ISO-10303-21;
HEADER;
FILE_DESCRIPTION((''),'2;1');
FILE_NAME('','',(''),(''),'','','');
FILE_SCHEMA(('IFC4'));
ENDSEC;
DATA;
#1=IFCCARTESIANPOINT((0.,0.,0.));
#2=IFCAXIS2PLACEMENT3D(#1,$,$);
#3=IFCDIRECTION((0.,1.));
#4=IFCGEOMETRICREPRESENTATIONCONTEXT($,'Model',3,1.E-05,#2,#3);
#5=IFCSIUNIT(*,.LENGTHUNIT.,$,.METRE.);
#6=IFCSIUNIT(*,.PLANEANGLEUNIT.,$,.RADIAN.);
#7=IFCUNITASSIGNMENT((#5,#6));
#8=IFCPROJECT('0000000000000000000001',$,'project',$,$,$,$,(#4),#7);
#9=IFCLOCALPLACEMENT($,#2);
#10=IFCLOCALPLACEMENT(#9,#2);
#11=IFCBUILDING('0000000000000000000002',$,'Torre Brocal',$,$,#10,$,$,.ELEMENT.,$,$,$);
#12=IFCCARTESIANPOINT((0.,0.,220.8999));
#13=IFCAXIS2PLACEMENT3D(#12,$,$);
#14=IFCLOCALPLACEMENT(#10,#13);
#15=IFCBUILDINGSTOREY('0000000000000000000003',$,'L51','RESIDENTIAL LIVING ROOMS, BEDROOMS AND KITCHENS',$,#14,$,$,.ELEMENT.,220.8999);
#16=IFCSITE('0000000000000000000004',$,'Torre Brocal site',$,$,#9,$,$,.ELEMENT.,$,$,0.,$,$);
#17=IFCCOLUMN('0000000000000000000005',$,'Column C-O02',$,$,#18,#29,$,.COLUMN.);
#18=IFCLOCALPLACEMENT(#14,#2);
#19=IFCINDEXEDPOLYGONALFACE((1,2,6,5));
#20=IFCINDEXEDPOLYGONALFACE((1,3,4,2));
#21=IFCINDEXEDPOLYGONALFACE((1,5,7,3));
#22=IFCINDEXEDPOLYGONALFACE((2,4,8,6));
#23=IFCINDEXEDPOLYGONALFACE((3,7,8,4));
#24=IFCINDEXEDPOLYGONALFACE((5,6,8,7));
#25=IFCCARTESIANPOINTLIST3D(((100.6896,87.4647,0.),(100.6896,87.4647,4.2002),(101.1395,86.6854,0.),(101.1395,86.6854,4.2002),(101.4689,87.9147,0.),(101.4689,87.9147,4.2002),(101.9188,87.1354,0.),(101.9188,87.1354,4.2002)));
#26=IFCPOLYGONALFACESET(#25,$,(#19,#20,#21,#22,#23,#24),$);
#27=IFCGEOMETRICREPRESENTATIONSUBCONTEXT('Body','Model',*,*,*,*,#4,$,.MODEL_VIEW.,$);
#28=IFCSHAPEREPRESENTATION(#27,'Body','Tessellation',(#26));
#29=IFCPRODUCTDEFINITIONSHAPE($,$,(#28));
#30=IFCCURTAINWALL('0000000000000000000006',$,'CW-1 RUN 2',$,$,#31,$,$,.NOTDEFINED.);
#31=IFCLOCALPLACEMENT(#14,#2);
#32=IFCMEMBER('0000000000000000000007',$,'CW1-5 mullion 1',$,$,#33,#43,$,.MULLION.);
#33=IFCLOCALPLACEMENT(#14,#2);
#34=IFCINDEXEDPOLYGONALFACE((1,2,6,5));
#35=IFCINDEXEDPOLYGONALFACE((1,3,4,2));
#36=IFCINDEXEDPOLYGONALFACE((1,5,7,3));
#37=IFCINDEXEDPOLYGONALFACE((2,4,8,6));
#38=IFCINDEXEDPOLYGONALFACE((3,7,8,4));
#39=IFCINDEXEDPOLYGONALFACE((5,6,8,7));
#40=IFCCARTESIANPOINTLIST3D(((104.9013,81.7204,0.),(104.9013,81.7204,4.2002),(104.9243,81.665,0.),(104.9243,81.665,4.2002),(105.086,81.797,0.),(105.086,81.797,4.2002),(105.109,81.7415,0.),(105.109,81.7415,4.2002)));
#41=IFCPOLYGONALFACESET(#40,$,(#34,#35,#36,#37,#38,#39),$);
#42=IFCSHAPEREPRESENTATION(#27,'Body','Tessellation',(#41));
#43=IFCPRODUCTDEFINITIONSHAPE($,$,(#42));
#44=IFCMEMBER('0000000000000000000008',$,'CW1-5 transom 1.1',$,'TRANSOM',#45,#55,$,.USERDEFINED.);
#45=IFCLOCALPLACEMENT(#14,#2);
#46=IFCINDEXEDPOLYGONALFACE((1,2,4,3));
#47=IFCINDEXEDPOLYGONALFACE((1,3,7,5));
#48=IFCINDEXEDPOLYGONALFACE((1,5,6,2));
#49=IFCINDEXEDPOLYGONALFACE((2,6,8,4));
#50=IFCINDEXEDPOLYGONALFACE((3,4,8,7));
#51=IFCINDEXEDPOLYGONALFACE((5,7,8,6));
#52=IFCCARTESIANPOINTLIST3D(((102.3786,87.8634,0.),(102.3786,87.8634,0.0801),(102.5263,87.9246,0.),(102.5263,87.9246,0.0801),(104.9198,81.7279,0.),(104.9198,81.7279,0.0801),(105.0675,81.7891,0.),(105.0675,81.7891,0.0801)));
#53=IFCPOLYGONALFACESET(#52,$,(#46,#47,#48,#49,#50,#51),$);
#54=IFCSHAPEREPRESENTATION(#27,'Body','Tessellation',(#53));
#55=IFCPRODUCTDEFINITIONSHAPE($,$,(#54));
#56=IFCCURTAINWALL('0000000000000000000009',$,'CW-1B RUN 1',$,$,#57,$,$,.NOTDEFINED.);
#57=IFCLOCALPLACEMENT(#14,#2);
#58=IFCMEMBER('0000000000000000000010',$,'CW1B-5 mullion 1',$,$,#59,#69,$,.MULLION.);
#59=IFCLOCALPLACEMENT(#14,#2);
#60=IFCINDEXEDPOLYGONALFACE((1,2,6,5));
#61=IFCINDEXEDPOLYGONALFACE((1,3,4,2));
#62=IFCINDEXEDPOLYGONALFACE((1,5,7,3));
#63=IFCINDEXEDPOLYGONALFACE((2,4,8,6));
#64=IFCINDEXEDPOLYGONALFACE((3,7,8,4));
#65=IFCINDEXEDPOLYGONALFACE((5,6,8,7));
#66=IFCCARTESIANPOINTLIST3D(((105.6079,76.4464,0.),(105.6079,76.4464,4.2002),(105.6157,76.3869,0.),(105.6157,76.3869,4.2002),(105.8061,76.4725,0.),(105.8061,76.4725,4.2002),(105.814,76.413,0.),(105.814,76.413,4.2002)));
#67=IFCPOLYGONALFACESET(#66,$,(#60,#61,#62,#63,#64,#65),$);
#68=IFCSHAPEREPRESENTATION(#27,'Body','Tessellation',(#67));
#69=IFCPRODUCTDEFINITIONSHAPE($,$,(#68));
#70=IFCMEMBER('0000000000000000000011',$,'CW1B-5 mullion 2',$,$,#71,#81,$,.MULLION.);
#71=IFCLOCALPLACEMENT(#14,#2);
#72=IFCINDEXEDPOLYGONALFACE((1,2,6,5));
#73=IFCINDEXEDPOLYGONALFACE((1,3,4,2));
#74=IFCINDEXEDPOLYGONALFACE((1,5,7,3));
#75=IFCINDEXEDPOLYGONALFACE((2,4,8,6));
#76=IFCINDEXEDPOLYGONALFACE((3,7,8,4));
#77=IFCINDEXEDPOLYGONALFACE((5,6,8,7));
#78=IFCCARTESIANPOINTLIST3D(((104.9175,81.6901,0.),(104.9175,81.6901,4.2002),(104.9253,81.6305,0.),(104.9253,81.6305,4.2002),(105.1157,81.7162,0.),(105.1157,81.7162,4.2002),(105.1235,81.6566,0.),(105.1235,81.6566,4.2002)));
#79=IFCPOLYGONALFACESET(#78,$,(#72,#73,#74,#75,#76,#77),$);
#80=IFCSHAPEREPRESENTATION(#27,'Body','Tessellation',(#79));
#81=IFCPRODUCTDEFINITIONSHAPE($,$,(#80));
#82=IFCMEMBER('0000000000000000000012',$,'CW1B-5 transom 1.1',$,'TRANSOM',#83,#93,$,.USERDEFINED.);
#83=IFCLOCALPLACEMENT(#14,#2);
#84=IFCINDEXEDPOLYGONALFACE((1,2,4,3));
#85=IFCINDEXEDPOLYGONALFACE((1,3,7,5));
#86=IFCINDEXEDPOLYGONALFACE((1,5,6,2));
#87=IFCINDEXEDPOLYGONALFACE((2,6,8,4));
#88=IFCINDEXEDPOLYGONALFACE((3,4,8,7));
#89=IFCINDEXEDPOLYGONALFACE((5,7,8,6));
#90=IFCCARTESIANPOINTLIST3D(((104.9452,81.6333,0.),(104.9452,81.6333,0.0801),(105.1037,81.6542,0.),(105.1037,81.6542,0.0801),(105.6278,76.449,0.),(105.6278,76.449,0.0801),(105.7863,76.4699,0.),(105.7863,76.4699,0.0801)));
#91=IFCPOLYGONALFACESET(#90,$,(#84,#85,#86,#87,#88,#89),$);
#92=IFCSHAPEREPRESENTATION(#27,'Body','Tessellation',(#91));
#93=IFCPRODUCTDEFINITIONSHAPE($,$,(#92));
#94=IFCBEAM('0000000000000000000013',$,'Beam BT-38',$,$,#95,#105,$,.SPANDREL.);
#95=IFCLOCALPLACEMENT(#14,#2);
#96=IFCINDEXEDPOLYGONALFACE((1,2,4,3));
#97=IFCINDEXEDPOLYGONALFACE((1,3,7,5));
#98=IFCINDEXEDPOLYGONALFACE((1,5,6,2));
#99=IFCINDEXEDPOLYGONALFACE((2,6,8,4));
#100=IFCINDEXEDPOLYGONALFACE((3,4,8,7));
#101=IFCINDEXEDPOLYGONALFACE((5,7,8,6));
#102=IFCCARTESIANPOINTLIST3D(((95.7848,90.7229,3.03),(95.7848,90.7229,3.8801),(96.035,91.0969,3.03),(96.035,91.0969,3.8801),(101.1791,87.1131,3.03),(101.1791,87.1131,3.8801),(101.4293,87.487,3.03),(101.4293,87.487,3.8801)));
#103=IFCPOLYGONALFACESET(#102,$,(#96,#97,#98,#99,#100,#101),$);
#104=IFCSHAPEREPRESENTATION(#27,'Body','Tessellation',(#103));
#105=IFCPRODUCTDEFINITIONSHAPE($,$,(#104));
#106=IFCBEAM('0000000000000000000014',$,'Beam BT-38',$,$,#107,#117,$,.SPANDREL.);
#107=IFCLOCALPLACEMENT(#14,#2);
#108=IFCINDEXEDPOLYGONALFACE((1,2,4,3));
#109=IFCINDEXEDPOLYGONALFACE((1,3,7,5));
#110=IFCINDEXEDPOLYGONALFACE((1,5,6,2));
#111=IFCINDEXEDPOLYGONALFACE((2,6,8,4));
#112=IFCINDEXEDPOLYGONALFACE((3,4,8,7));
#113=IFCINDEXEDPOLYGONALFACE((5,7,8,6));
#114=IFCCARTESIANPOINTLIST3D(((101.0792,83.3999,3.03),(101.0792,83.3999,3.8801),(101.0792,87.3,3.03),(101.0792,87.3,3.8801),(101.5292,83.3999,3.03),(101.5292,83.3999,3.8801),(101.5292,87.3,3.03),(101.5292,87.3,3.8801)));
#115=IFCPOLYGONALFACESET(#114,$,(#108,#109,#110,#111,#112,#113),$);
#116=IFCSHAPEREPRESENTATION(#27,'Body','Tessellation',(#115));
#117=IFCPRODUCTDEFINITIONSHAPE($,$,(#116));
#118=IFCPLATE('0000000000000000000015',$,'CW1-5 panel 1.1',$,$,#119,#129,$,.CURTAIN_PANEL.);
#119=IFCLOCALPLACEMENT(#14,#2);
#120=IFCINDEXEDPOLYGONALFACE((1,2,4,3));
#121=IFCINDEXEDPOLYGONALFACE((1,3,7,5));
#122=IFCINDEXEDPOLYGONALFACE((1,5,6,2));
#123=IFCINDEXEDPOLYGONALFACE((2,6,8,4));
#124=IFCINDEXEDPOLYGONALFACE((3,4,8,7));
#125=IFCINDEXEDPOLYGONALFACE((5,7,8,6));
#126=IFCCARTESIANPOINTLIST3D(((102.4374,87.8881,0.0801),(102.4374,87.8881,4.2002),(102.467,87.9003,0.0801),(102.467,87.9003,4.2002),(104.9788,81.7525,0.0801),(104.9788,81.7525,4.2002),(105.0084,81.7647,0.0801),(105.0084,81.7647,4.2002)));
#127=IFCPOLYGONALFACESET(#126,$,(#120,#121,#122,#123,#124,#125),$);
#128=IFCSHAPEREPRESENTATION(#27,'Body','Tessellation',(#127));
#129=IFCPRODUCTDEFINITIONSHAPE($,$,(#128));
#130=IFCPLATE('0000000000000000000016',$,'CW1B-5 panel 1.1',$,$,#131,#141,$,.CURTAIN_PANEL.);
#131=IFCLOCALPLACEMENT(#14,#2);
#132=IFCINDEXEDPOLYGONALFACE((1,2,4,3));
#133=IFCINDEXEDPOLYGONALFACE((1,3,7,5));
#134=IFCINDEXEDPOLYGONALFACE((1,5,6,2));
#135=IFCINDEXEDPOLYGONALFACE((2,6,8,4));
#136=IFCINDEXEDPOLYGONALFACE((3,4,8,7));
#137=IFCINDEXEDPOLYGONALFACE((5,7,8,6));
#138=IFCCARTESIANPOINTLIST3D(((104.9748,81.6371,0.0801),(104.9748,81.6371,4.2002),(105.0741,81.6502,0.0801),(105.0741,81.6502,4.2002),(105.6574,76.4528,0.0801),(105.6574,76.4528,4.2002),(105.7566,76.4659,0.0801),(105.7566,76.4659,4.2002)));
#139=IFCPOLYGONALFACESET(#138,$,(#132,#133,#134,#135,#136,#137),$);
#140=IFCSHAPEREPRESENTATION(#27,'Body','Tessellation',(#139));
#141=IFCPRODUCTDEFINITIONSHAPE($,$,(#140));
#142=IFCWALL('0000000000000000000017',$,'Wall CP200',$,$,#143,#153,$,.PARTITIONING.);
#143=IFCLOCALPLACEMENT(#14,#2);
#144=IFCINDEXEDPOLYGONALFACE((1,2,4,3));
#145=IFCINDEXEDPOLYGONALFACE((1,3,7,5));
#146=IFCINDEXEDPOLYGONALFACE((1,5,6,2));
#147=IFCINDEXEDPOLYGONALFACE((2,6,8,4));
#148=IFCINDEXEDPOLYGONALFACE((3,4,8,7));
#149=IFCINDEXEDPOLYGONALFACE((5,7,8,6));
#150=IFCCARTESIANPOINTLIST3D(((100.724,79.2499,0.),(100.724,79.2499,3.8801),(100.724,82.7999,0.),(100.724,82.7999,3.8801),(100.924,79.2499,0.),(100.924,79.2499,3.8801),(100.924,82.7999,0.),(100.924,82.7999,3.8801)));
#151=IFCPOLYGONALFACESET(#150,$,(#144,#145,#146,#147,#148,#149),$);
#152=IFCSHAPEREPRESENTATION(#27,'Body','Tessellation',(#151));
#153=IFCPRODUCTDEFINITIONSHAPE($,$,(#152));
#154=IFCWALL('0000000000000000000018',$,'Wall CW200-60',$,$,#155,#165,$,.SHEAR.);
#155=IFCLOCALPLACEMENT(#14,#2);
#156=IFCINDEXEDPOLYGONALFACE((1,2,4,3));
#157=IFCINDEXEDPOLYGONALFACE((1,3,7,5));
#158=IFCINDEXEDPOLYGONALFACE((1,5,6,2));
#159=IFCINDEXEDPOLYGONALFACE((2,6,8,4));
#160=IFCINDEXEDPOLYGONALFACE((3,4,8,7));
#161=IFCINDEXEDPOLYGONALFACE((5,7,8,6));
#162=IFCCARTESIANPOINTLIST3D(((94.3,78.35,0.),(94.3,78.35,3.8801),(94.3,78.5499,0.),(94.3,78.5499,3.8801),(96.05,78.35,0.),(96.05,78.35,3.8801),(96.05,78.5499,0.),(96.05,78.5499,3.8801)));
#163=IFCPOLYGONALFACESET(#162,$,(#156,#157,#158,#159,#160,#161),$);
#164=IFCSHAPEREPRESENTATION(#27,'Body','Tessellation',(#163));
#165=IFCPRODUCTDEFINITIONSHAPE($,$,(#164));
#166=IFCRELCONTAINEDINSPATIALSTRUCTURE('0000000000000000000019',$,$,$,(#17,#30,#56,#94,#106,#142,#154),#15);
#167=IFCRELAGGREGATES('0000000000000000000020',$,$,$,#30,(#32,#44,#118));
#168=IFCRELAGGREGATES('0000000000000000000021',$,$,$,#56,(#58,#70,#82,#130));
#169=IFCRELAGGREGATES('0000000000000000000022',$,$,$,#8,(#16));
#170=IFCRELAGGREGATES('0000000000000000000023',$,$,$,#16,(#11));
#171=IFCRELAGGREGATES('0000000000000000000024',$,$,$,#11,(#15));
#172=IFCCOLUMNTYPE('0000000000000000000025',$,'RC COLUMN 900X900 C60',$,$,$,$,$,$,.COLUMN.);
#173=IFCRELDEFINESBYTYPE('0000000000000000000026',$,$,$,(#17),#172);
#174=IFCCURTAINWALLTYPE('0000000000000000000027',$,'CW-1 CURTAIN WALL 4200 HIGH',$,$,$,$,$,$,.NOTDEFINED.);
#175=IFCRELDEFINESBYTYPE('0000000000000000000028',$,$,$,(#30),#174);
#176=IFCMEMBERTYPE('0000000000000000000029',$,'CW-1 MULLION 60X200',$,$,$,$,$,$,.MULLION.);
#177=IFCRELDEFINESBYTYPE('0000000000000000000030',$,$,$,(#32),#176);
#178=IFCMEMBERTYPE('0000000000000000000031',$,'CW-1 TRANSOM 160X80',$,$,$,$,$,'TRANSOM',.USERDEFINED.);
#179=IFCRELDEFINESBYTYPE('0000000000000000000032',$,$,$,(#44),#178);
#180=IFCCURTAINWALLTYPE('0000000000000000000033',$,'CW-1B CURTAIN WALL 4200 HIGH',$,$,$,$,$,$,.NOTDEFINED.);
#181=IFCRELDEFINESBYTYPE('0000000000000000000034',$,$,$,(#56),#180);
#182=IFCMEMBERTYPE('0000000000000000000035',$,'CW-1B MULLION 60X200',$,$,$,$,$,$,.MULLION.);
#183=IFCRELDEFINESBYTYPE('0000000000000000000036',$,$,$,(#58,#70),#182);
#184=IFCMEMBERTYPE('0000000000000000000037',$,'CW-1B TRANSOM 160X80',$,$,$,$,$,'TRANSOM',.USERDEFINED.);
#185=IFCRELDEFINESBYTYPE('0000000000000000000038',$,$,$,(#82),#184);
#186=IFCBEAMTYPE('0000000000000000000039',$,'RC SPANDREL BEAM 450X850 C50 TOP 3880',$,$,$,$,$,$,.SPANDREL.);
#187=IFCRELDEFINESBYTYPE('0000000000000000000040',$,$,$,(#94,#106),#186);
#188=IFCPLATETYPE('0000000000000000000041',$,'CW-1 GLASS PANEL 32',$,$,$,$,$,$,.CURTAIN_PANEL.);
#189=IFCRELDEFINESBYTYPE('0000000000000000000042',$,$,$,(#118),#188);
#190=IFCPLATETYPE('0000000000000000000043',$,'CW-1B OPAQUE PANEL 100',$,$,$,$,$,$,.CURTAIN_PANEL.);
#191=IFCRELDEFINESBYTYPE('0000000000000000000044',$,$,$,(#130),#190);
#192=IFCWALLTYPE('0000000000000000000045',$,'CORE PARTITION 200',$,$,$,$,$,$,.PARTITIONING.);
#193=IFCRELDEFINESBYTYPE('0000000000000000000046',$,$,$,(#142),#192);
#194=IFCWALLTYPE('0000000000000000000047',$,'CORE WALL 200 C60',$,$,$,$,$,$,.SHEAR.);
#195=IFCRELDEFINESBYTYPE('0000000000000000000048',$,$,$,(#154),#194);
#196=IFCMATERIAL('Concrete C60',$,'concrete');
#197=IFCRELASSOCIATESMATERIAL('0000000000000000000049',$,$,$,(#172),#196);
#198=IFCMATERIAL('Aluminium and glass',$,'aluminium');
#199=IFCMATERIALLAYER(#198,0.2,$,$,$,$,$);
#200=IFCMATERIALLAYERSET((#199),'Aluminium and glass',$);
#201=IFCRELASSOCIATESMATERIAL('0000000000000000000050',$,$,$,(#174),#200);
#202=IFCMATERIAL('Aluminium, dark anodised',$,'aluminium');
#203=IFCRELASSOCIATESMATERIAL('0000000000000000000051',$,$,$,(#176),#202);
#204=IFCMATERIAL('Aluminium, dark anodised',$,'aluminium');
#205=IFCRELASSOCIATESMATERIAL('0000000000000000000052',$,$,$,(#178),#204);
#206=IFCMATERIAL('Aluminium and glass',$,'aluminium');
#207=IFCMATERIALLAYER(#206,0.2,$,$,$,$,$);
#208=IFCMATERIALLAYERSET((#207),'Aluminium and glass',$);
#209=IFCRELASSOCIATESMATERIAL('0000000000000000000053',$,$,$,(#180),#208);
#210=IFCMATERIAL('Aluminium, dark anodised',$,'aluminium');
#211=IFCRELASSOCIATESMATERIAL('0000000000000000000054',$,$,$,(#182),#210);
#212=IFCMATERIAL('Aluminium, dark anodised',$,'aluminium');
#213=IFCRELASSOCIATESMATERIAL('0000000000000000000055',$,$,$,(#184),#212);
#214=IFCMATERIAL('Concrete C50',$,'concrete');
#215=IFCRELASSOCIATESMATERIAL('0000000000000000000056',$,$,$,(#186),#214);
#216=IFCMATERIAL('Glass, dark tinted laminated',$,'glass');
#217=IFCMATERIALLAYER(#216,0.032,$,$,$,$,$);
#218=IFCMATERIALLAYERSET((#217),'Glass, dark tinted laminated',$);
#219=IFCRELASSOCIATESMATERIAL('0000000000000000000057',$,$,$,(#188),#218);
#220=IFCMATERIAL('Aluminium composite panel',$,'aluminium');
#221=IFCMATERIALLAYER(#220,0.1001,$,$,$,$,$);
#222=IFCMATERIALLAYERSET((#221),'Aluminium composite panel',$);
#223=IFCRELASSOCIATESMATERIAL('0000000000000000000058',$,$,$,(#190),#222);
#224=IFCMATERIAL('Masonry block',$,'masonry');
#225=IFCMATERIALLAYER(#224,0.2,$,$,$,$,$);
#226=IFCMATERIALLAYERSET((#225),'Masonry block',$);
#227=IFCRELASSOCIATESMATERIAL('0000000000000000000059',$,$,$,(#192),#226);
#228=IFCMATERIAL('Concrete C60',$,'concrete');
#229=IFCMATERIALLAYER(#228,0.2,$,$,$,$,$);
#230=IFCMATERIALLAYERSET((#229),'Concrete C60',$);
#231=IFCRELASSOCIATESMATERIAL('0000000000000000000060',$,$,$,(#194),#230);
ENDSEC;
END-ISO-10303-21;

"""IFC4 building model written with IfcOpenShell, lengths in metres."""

from ifc_helpers import new_model, si_unit, direction, frame, frame_2d, origin, origin_2d, place, context, subcontext, project, spatial, rectangle, extrude, material, layer, layer_set, material_profile, profile_set, type_object, element, aggregate, save


model = new_model("IFC4")

# Units and contexts
model_context = context("Model", 3, precision=1e-05, world=origin(), true_north=direction((0.0, 1.0)))
body_context = subcontext(model_context, "Body", "Model", "MODEL_VIEW")
ifc_project = project(units=[si_unit("LENGTHUNIT", "METRE"), si_unit("PLANEANGLEUNIT", "RADIAN")], contexts=[model_context])

# Site, building, storey
site_placement = place(None, origin())
site = spatial("IfcSite", under=ifc_project, at=site_placement, Name="Torre Brocal site", CompositionType="ELEMENT", RefElevation=0.0)
building_placement = place(site_placement, origin())
building = spatial("IfcBuilding", under=site, at=building_placement, Name="Torre Brocal", CompositionType="ELEMENT")
storey_placement = place(building_placement, frame((0.0, 0.0, 220.8999)))
storey = spatial("IfcBuildingStorey", under=building, at=storey_placement, Name="L51", Description="RESIDENTIAL LIVING ROOMS, BEDROOMS AND KITCHENS", CompositionType="ELEMENT", Elevation=220.8999)

# Column
ifc_material_1 = material(Name="Concrete C60", Category="concrete")
ifc_material_profile_1 = material_profile(ifc_material_1, rectangle(XDim=0.8999, YDim=0.8999, at=origin_2d()), Name="RC 900X900")
ifc_profile_set_1 = profile_set([ifc_material_profile_1], Name="Concrete C60")
column_type = type_object("IfcColumnType", Name="RC COLUMN 900X900 C60", PredefinedType="COLUMN", material=ifc_profile_set_1)
column_placement = place(storey_placement, frame((101.3042, 87.3, 0.0), z_axis=(0.0, 0.0, 1.0), x_axis=(0.866025, 0.5, 0.0)))
element("IfcColumn", 1, at=column_placement, inside=storey, type_object=column_type, Name="Column C-O02", PredefinedType="COLUMN", context=body_context, shape_type="SweptSolid", body=[
    extrude(rectangle(XDim=0.8999, YDim=0.8999, at=origin_2d()), origin(), (0.0, 0.0, 1.0), 4.2002),
])

# Curtain walls, members
ifc_material_2 = material(Name="Aluminium and glass", Category="aluminium")
ifc_layer_1 = layer(ifc_material_2, 0.2)
ifc_layer_set_1 = layer_set([ifc_layer_1], Name="Aluminium and glass")
curtain_wall_type_1 = type_object("IfcCurtainWallType", Name="CW-1 CURTAIN WALL 4200 HIGH", PredefinedType="NOTDEFINED", material=ifc_layer_set_1)
curtain_wall_1_placement = place(storey_placement, origin())
curtain_wall_1 = element("IfcCurtainWall", 2, at=curtain_wall_1_placement, inside=storey, type_object=curtain_wall_type_1, Name="CW-1 RUN 2", PredefinedType="NOTDEFINED")
ifc_material_3 = material(Name="Aluminium, dark anodised", Category="aluminium")
ifc_material_profile_2 = material_profile(ifc_material_3, rectangle(XDim=0.2, YDim=0.0601, at=origin_2d()), Name="CW-1 MULLION 60X200")
ifc_profile_set_2 = profile_set([ifc_material_profile_2], Name="Aluminium, dark anodised")
member_type_1 = type_object("IfcMemberType", Name="CW-1 MULLION 60X200", PredefinedType="MULLION", material=ifc_profile_set_2)
member_1_placement = place(storey_placement, frame((105.0051, 81.731, 0.0), z_axis=(0.0, 0.0, 1.0), x_axis=(-0.92388, -0.382683, 0.0)))
member_1 = element("IfcMember", 3, at=member_1_placement, type_object=member_type_1, Name="CW1-5 mullion 1", PredefinedType="MULLION", context=body_context, shape_type="SweptSolid", body=[
    extrude(rectangle(XDim=0.2, YDim=0.0601, at=origin_2d()), origin(), (0.0, 0.0, 1.0), 4.2002),
])
ifc_material_4 = material(Name="Aluminium, dark anodised", Category="aluminium")
ifc_material_profile_3 = material_profile(ifc_material_4, rectangle(XDim=0.1599, YDim=0.0801, at=origin_2d()), Name="CW-1 TRANSOM 160X80")
ifc_profile_set_3 = profile_set([ifc_material_profile_3], Name="Aluminium, dark anodised")
member_type_2 = type_object("IfcMemberType", Name="CW-1 TRANSOM 160X80", ElementType="TRANSOM", PredefinedType="USERDEFINED", material=ifc_profile_set_3)
member_2_placement = place(storey_placement, frame((104.9937, 81.7585, 0.04), z_axis=(-0.382665, 0.923887, 0.0), x_axis=(-0.923887, -0.382665, 0.0)))
member_2 = element("IfcMember", 4, at=member_2_placement, type_object=member_type_2, Name="CW1-5 transom 1.1", ObjectType="TRANSOM", PredefinedType="USERDEFINED", context=body_context, shape_type="SweptSolid", body=[
    extrude(rectangle(XDim=0.1599, YDim=0.0801, at=origin_2d()), origin(), (0.0, 0.0, 1.0), 6.6409),
])
ifc_material_5 = material(Name="Aluminium and glass", Category="aluminium")
ifc_layer_2 = layer(ifc_material_5, 0.2)
ifc_layer_set_2 = layer_set([ifc_layer_2], Name="Aluminium and glass")
curtain_wall_type_2 = type_object("IfcCurtainWallType", Name="CW-1B CURTAIN WALL 4200 HIGH", PredefinedType="NOTDEFINED", material=ifc_layer_set_2)
curtain_wall_2_placement = place(storey_placement, origin())
curtain_wall_2 = element("IfcCurtainWall", 5, at=curtain_wall_2_placement, inside=storey, type_object=curtain_wall_type_2, Name="CW-1B RUN 1", PredefinedType="NOTDEFINED")
ifc_material_6 = material(Name="Aluminium, dark anodised", Category="aluminium")
ifc_material_profile_4 = material_profile(ifc_material_6, rectangle(XDim=0.2, YDim=0.0601, at=origin_2d()), Name="CW-1B MULLION 60X200")
ifc_profile_set_4 = profile_set([ifc_material_profile_4], Name="Aluminium, dark anodised")
member_type_3 = type_object("IfcMemberType", Name="CW-1B MULLION 60X200", PredefinedType="MULLION", material=ifc_profile_set_4)
member_3_placement = place(storey_placement, frame((105.7109, 76.4297, 0.0), z_axis=(0.0, 0.0, 1.0), x_axis=(-0.991445, -0.130526, 0.0)))
member_3 = element("IfcMember", 6, at=member_3_placement, type_object=member_type_3, Name="CW1B-5 mullion 1", PredefinedType="MULLION", context=body_context, shape_type="SweptSolid", body=[
    extrude(rectangle(XDim=0.2, YDim=0.0601, at=origin_2d()), origin(), (0.0, 0.0, 1.0), 4.2002),
])
member_4_placement = place(storey_placement, frame((105.0205, 81.6733, 0.0), z_axis=(0.0, 0.0, 1.0), x_axis=(-0.991445, -0.130526, 0.0)))
member_4 = element("IfcMember", 7, at=member_4_placement, type_object=member_type_3, Name="CW1B-5 mullion 2", PredefinedType="MULLION", context=body_context, shape_type="SweptSolid", body=[
    extrude(rectangle(XDim=0.2, YDim=0.0601, at=origin_2d()), origin(), (0.0, 0.0, 1.0), 4.2002),
])
ifc_material_7 = material(Name="Aluminium, dark anodised", Category="aluminium")
ifc_material_profile_5 = material_profile(ifc_material_7, rectangle(XDim=0.1599, YDim=0.0801, at=origin_2d()), Name="CW-1B TRANSOM 160X80")
ifc_profile_set_5 = profile_set([ifc_material_profile_5], Name="Aluminium, dark anodised")
member_type_4 = type_object("IfcMemberType", Name="CW-1B TRANSOM 160X80", ElementType="TRANSOM", PredefinedType="USERDEFINED", material=ifc_profile_set_5)
member_5_placement = place(storey_placement, frame((105.707, 76.4595, 0.04), z_axis=(-0.130543, 0.991443, 0.0), x_axis=(-0.991443, -0.130543, 0.0)))
member_5 = element("IfcMember", 8, at=member_5_placement, type_object=member_type_4, Name="CW1B-5 transom 1.1", ObjectType="TRANSOM", PredefinedType="USERDEFINED", context=body_context, shape_type="SweptSolid", body=[
    extrude(rectangle(XDim=0.1599, YDim=0.0801, at=origin_2d()), origin(), (0.0, 0.0, 1.0), 5.229),
])

# Beams
ifc_material_8 = material(Name="Concrete C50", Category="concrete")
ifc_material_profile_6 = material_profile(ifc_material_8, rectangle(XDim=0.45, YDim=0.8501, at=origin_2d()), Name="RC 450X850")
ifc_profile_set_6 = profile_set([ifc_material_profile_6], Name="Concrete C50")
beam_type = type_object("IfcBeamType", Name="RC SPANDREL BEAM 450X850 C50 TOP 3880", PredefinedType="SPANDREL", material=ifc_profile_set_6)
beam_1_placement = place(storey_placement, frame((101.3042, 87.3, 3.4551), z_axis=(-0.831077, 0.556158, 0.0), x_axis=(-0.556158, -0.831077, 0.0)))
element("IfcBeam", 9, at=beam_1_placement, inside=storey, type_object=beam_type, Name="Beam BT-38", PredefinedType="SPANDREL", context=body_context, shape_type="SweptSolid", body=[
    extrude(rectangle(XDim=0.45, YDim=0.8501, at=origin_2d()), origin(), (0.0, 0.0, 1.0), 6.4907),
])
beam_2_placement = place(storey_placement, frame((101.3042, 87.3, 3.4551), z_axis=(0.0, -1.0, 0.0), x_axis=(1.0, 0.0, 0.0)))
element("IfcBeam", 10, at=beam_2_placement, inside=storey, type_object=beam_type, Name="Beam BT-38", PredefinedType="SPANDREL", context=body_context, shape_type="SweptSolid", body=[
    extrude(rectangle(XDim=0.45, YDim=0.8501, at=origin_2d()), origin(), (0.0, 0.0, 1.0), 3.9001),
])

# Plates
ifc_material_9 = material(Name="Glass, dark tinted laminated", Category="glass")
ifc_layer_3 = layer(ifc_material_9, 0.032)
ifc_layer_set_3 = layer_set([ifc_layer_3], Name="Glass, dark tinted laminated")
plate_type_1 = type_object("IfcPlateType", Name="CW-1 GLASS PANEL 32", PredefinedType="CURTAIN_PANEL", material=ifc_layer_set_3)
plate_1_placement = place(storey_placement, frame((103.7229, 84.8264, 0.0801), z_axis=(0.0, 0.0, 1.0), x_axis=(-0.382683, 0.92388, 0.0)))
plate_1 = element("IfcPlate", 11, at=plate_1_placement, type_object=plate_type_1, Name="CW1-5 panel 1.1", PredefinedType="CURTAIN_PANEL", context=body_context, shape_type="SweptSolid", body=[
    extrude(rectangle(XDim=6.6411, YDim=0.032, at=origin_2d()), origin(), (0.0, 0.0, 1.0), 4.1201),
])
aggregate(curtain_wall_1, [member_1, member_2, plate_1])
ifc_material_10 = material(Name="Aluminium composite panel", Category="aluminium")
ifc_layer_4 = layer(ifc_material_10, 0.1001)
ifc_layer_set_4 = layer_set([ifc_layer_4], Name="Aluminium composite panel")
plate_type_2 = type_object("IfcPlateType", Name="CW-1B OPAQUE PANEL 100", PredefinedType="CURTAIN_PANEL", material=ifc_layer_set_4)
plate_2_placement = place(storey_placement, frame((105.3657, 79.0515, 0.0801), z_axis=(0.0, 0.0, 1.0), x_axis=(-0.130526, 0.991445, 0.0)))
plate_2 = element("IfcPlate", 12, at=plate_2_placement, type_object=plate_type_2, Name="CW1B-5 panel 1.1", PredefinedType="CURTAIN_PANEL", context=body_context, shape_type="SweptSolid", body=[
    extrude(rectangle(XDim=5.229, YDim=0.1001, at=origin_2d()), origin(), (0.0, 0.0, 1.0), 4.1201),
])
aggregate(curtain_wall_2, [member_3, member_4, member_5, plate_2])

# Walls
ifc_material_11 = material(Name="Masonry block", Category="masonry")
ifc_layer_5 = layer(ifc_material_11, 0.2)
ifc_layer_set_5 = layer_set([ifc_layer_5], Name="Masonry block")
wall_type_1 = type_object("IfcWallType", Name="CORE PARTITION 200", PredefinedType="PARTITIONING", material=ifc_layer_set_5)
wall_1_placement = place(storey_placement, frame((100.824, 79.25, 0.0), z_axis=(0.0, 0.0, 1.0), x_axis=(0.0, 1.0, 0.0)))
element("IfcWall", 13, at=wall_1_placement, inside=storey, type_object=wall_type_1, Name="Wall CP200", PredefinedType="PARTITIONING", context=body_context, shape_type="SweptSolid", body=[
    extrude(rectangle(XDim=3.55, YDim=0.2, at=frame_2d((1.7749, 0.0))), origin(), (0.0, 0.0, 1.0), 3.8801),
])
ifc_material_12 = material(Name="Concrete C60", Category="concrete")
ifc_layer_6 = layer(ifc_material_12, 0.2)
ifc_layer_set_6 = layer_set([ifc_layer_6], Name="Concrete C60")
wall_type_2 = type_object("IfcWallType", Name="CORE WALL 200 C60", PredefinedType="SHEAR", material=ifc_layer_set_6)
wall_2_placement = place(storey_placement, frame((94.3, 78.45, 0.0), z_axis=(0.0, 0.0, 1.0), x_axis=(1.0, 0.0, 0.0)))
element("IfcWall", 14, at=wall_2_placement, inside=storey, type_object=wall_type_2, Name="Wall CW200-60", PredefinedType="SHEAR", context=body_context, shape_type="SweptSolid", body=[
    extrude(rectangle(XDim=1.75, YDim=0.2, at=frame_2d((0.875, 0.0))), origin(), (0.0, 0.0, 1.0), 3.8801),
])

save(model, "model.ifc")
